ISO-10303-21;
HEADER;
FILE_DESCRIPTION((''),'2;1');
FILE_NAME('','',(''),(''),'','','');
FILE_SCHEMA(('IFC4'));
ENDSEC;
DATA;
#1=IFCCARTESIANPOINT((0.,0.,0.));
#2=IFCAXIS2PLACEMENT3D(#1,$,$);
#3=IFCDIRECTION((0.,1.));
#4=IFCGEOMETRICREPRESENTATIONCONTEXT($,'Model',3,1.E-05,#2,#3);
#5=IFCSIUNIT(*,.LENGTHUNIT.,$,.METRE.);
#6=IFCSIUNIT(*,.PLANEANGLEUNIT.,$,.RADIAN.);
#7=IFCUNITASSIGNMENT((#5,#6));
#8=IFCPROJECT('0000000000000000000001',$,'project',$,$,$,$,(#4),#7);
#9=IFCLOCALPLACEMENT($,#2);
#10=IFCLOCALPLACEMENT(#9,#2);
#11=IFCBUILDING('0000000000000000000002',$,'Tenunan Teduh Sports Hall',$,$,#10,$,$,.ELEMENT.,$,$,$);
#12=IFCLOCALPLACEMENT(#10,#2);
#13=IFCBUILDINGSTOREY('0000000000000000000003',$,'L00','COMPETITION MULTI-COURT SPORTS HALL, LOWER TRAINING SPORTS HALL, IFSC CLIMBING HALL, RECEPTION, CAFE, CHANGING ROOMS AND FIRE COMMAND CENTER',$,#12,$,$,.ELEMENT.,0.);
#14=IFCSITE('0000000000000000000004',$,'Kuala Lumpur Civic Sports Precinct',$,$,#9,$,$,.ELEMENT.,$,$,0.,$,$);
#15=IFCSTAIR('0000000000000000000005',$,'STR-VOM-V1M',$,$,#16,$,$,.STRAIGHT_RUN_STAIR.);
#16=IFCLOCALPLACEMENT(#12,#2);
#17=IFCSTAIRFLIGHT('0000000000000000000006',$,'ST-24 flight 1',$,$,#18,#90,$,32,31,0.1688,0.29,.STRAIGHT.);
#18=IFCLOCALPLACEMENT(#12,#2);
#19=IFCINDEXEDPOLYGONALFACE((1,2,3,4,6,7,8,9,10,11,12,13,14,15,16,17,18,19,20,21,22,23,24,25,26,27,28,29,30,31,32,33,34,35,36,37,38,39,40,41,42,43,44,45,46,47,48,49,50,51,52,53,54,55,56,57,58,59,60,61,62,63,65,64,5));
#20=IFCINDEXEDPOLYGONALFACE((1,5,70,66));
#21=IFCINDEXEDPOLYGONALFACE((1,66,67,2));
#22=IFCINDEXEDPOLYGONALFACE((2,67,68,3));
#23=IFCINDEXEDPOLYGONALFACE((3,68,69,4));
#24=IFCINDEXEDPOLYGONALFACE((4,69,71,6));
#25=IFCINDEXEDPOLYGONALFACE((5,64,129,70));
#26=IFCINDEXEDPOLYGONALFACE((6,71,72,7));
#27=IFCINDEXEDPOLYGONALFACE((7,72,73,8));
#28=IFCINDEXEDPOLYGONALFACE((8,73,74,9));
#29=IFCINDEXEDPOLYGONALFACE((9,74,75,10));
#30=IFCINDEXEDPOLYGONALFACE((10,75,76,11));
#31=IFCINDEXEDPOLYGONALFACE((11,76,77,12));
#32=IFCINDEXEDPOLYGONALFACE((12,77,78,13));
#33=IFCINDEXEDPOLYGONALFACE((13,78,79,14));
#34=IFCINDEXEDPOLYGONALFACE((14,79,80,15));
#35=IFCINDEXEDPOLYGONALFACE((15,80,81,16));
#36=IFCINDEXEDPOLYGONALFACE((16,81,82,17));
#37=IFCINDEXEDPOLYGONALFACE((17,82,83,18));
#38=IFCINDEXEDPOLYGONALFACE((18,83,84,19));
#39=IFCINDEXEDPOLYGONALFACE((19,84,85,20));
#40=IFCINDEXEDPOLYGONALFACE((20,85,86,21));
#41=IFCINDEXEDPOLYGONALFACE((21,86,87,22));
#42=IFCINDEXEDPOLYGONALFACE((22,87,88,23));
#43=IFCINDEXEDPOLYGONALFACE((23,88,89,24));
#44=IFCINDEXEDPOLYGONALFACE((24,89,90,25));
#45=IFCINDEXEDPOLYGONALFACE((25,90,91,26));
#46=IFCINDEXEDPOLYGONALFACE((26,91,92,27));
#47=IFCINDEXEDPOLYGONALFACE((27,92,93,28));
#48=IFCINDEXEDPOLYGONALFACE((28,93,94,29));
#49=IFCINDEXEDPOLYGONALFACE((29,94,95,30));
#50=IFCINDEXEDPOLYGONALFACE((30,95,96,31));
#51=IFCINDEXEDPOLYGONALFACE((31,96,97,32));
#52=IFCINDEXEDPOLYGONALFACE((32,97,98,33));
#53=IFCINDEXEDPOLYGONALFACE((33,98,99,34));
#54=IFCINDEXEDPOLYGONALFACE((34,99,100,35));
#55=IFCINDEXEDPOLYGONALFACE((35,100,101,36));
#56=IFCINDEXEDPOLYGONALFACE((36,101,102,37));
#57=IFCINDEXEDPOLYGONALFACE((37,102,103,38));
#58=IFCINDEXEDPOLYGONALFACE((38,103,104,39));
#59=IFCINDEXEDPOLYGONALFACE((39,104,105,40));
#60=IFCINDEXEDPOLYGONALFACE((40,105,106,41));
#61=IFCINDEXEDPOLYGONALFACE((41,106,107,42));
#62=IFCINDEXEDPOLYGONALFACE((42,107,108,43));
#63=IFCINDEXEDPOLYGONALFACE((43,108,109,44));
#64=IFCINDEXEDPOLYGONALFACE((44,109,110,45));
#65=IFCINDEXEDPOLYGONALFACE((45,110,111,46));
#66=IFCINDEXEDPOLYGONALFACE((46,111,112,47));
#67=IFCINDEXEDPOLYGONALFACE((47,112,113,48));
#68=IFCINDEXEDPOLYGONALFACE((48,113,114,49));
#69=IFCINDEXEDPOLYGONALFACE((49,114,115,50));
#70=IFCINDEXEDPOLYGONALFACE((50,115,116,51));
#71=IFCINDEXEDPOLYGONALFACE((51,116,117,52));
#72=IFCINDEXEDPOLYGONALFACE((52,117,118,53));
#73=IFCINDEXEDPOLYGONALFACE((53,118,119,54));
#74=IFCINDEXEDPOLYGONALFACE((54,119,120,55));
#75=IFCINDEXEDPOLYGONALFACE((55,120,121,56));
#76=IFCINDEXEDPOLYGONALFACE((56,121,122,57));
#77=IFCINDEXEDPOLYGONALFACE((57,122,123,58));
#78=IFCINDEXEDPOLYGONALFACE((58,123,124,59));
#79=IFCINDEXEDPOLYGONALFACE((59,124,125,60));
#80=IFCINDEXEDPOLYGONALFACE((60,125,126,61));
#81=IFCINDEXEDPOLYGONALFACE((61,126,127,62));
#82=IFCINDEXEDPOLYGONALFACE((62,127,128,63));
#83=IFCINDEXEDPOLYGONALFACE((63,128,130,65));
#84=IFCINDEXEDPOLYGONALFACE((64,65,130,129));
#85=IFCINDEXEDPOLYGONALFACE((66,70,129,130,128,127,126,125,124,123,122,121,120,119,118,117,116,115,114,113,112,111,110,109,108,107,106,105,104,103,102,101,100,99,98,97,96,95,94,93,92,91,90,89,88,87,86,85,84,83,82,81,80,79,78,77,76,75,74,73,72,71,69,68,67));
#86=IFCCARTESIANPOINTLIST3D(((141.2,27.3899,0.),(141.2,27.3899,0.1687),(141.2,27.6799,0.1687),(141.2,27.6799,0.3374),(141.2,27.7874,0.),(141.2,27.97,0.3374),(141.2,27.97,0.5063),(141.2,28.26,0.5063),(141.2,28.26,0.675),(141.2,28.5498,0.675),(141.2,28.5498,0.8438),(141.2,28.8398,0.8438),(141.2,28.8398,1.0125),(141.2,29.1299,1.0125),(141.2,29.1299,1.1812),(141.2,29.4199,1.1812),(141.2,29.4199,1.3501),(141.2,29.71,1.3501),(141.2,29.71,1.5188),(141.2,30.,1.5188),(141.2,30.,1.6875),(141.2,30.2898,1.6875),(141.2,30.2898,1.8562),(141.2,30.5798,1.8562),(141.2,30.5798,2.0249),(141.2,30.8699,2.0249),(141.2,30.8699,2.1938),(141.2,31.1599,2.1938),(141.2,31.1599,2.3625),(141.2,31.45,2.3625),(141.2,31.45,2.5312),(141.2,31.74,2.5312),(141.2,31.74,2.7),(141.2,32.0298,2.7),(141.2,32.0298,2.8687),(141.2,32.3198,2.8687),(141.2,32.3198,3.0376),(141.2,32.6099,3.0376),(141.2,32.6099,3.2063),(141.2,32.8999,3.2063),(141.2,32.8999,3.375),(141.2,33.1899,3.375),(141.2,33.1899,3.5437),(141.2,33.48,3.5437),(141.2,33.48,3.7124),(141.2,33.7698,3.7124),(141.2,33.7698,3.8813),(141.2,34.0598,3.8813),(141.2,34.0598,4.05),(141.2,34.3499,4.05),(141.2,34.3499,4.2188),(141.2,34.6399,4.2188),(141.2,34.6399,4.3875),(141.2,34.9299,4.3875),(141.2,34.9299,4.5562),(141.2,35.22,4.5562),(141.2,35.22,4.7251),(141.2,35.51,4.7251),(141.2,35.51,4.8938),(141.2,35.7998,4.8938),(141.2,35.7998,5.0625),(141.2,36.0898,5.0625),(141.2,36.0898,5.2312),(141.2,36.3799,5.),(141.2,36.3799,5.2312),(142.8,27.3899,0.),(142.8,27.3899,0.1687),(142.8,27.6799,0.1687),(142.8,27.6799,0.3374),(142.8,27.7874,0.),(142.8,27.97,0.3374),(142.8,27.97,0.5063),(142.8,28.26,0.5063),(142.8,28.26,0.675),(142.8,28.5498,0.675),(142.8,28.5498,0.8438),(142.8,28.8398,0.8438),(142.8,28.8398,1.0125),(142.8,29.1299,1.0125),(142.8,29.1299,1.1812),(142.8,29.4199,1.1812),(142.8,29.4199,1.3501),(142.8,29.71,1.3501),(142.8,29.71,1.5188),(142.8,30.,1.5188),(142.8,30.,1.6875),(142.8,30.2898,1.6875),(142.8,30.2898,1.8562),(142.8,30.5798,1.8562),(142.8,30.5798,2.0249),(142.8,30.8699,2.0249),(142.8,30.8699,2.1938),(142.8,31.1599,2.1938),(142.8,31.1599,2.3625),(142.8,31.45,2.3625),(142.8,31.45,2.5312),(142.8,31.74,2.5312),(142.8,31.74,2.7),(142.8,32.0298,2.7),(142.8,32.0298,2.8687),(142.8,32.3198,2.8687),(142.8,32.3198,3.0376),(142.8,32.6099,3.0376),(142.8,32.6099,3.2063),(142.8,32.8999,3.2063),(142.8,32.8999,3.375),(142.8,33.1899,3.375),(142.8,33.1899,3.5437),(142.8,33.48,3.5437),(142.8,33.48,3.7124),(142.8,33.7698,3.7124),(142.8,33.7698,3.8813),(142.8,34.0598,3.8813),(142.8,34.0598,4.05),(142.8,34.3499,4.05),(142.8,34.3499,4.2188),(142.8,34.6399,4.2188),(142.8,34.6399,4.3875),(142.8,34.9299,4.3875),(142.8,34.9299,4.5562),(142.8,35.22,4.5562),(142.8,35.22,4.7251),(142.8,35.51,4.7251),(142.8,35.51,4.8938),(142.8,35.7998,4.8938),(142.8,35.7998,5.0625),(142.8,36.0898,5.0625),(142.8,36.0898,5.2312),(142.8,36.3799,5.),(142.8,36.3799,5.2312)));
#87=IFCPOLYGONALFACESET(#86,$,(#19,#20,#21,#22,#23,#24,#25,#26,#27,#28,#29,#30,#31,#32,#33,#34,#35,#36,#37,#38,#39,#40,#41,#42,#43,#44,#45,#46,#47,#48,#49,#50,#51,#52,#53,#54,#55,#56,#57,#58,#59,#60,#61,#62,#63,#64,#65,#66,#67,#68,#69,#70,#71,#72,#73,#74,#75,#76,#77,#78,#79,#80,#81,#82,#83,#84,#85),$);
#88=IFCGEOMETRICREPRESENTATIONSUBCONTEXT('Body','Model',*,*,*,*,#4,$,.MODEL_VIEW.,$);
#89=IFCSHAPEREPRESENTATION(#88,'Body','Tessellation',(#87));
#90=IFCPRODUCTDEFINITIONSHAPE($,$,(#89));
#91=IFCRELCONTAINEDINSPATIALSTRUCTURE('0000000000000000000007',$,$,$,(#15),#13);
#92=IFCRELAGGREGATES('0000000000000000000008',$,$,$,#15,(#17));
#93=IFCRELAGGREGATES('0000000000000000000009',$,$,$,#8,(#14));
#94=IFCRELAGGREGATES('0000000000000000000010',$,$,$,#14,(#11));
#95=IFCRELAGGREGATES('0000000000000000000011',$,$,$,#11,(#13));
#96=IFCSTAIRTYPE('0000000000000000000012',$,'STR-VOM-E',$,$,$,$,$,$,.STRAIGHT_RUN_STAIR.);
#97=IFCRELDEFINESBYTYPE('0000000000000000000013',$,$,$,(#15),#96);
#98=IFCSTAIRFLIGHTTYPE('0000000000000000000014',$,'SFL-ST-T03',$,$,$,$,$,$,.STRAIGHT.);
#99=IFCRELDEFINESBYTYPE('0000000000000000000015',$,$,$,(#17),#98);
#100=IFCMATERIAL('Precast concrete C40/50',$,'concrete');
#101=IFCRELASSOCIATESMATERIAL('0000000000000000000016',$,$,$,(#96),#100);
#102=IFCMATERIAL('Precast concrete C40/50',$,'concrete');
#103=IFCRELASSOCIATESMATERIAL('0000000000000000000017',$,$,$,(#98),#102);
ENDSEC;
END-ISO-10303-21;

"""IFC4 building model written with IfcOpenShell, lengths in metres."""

from ifc_helpers import new_model, si_unit, direction, frame, origin, place, context, subcontext, project, spatial, polyline, outline, extrude, material, type_object, element, aggregate, save


model = new_model("IFC4")

# Units and contexts
model_context = context("Model", 3, precision=1e-05, world=origin(), true_north=direction((0.0, 1.0)))
body_context = subcontext(model_context, "Body", "Model", "MODEL_VIEW")
ifc_project = project(units=[si_unit("LENGTHUNIT", "METRE"), si_unit("PLANEANGLEUNIT", "RADIAN")], contexts=[model_context])

# Site, building, storey
site_placement = place(None, origin())
site = spatial("IfcSite", under=ifc_project, at=site_placement, Name="Kuala Lumpur Civic Sports Precinct", CompositionType="ELEMENT", RefElevation=0.0)
building_placement = place(site_placement, origin())
building = spatial("IfcBuilding", under=site, at=building_placement, Name="Tenunan Teduh Sports Hall", CompositionType="ELEMENT")
storey_placement = place(building_placement, origin())
storey = spatial("IfcBuildingStorey", under=building, at=storey_placement, Name="L00", Description="COMPETITION MULTI-COURT SPORTS HALL, LOWER TRAINING SPORTS HALL, IFSC CLIMBING HALL, RECEPTION, CAFE, CHANGING ROOMS AND FIRE COMMAND CENTER", CompositionType="ELEMENT", Elevation=0.0)

# Stair, stair flight
ifc_material_1 = material(Name="Precast concrete C40/50", Category="concrete")
stair_type = type_object("IfcStairType", Name="STR-VOM-E", PredefinedType="STRAIGHT_RUN_STAIR", material=ifc_material_1)
ifc_material_2 = material(Name="Precast concrete C40/50", Category="concrete")
stair_flight_type = type_object("IfcStairFlightType", Name="SFL-ST-T03", PredefinedType="STRAIGHT", material=ifc_material_2)
stair_1_placement = place(storey_placement, origin())
stair_1 = element("IfcStair", 1, at=stair_1_placement, inside=storey, type_object=stair_type, Name="STR-VOM-V1M", PredefinedType="STRAIGHT_RUN_STAIR")
stair_flight_1_placement = place(storey_placement, frame((142.0, 27.3899, 0.0), z_axis=(0.0, 0.0, 1.0), x_axis=(0.0, 1.0, 0.0)))
stair_flight_1 = element("IfcStairFlight", 2, at=stair_flight_1_placement, type_object=stair_flight_type, Name="ST-24 flight 1", NumberOfRisers=32, NumberOfTreads=31, PredefinedType="STRAIGHT", RiserHeight=0.1688, TreadLength=0.29, context=body_context, shape_type="SweptSolid", body=[
    extrude(outline(polyline([(0.0, 0.0), (0.0, 0.1687), (0.29, 0.1687), (0.29, 0.3374), (0.5801, 0.3374), (0.5801, 0.5063), (0.8701, 0.5063), (0.8701, 0.675), (1.1599, 0.675), (1.1599, 0.8438), (1.45, 0.8438), (1.45, 1.0125), (1.74, 1.0125), (1.74, 1.1812), (2.03, 1.1812), (2.03, 1.3501), (2.3201, 1.3501), (2.3201, 1.5188), (2.6101, 1.5188), (2.6101, 1.6875), (2.8999, 1.6875), (2.8999, 1.8562), (3.1899, 1.8562), (3.1899, 2.0249), (3.48, 2.0249), (3.48, 2.1938), (3.77, 2.1938), (3.77, 2.3625), (4.0601, 2.3625), (4.0601, 2.5312), (4.3501, 2.5312), (4.3501, 2.7), (4.6399, 2.7), (4.6399, 2.8687), (4.9299, 2.8687), (4.9299, 3.0376), (5.22, 3.0376), (5.22, 3.2063), (5.51, 3.2063), (5.51, 3.375), (5.8, 3.375), (5.8, 3.5437), (6.0901, 3.5437), (6.0901, 3.7124), (6.3799, 3.7124), (6.3799, 3.8813), (6.6699, 3.8813), (6.6699, 4.05), (6.96, 4.05), (6.96, 4.2188), (7.25, 4.2188), (7.25, 4.3875), (7.54, 4.3875), (7.54, 4.5562), (7.8301, 4.5562), (7.8301, 4.7251), (8.1201, 4.7251), (8.1201, 4.8938), (8.4099, 4.8938), (8.4099, 5.0625), (8.7, 5.0625), (8.7, 5.2312), (8.99, 5.2312), (8.99, 5.3999), (8.99, 5.0), (0.3975, 0.0), (0.0, 0.0)])), frame((0.0, 0.8, 0.0), z_axis=(0.0, -1.0, 0.0), x_axis=(1.0, 0.0, 0.0)), (0.0, 0.0, 1.0), 1.6001),
])

aggregate(stair_1, [stair_flight_1])

save(model, "model.ifc")
